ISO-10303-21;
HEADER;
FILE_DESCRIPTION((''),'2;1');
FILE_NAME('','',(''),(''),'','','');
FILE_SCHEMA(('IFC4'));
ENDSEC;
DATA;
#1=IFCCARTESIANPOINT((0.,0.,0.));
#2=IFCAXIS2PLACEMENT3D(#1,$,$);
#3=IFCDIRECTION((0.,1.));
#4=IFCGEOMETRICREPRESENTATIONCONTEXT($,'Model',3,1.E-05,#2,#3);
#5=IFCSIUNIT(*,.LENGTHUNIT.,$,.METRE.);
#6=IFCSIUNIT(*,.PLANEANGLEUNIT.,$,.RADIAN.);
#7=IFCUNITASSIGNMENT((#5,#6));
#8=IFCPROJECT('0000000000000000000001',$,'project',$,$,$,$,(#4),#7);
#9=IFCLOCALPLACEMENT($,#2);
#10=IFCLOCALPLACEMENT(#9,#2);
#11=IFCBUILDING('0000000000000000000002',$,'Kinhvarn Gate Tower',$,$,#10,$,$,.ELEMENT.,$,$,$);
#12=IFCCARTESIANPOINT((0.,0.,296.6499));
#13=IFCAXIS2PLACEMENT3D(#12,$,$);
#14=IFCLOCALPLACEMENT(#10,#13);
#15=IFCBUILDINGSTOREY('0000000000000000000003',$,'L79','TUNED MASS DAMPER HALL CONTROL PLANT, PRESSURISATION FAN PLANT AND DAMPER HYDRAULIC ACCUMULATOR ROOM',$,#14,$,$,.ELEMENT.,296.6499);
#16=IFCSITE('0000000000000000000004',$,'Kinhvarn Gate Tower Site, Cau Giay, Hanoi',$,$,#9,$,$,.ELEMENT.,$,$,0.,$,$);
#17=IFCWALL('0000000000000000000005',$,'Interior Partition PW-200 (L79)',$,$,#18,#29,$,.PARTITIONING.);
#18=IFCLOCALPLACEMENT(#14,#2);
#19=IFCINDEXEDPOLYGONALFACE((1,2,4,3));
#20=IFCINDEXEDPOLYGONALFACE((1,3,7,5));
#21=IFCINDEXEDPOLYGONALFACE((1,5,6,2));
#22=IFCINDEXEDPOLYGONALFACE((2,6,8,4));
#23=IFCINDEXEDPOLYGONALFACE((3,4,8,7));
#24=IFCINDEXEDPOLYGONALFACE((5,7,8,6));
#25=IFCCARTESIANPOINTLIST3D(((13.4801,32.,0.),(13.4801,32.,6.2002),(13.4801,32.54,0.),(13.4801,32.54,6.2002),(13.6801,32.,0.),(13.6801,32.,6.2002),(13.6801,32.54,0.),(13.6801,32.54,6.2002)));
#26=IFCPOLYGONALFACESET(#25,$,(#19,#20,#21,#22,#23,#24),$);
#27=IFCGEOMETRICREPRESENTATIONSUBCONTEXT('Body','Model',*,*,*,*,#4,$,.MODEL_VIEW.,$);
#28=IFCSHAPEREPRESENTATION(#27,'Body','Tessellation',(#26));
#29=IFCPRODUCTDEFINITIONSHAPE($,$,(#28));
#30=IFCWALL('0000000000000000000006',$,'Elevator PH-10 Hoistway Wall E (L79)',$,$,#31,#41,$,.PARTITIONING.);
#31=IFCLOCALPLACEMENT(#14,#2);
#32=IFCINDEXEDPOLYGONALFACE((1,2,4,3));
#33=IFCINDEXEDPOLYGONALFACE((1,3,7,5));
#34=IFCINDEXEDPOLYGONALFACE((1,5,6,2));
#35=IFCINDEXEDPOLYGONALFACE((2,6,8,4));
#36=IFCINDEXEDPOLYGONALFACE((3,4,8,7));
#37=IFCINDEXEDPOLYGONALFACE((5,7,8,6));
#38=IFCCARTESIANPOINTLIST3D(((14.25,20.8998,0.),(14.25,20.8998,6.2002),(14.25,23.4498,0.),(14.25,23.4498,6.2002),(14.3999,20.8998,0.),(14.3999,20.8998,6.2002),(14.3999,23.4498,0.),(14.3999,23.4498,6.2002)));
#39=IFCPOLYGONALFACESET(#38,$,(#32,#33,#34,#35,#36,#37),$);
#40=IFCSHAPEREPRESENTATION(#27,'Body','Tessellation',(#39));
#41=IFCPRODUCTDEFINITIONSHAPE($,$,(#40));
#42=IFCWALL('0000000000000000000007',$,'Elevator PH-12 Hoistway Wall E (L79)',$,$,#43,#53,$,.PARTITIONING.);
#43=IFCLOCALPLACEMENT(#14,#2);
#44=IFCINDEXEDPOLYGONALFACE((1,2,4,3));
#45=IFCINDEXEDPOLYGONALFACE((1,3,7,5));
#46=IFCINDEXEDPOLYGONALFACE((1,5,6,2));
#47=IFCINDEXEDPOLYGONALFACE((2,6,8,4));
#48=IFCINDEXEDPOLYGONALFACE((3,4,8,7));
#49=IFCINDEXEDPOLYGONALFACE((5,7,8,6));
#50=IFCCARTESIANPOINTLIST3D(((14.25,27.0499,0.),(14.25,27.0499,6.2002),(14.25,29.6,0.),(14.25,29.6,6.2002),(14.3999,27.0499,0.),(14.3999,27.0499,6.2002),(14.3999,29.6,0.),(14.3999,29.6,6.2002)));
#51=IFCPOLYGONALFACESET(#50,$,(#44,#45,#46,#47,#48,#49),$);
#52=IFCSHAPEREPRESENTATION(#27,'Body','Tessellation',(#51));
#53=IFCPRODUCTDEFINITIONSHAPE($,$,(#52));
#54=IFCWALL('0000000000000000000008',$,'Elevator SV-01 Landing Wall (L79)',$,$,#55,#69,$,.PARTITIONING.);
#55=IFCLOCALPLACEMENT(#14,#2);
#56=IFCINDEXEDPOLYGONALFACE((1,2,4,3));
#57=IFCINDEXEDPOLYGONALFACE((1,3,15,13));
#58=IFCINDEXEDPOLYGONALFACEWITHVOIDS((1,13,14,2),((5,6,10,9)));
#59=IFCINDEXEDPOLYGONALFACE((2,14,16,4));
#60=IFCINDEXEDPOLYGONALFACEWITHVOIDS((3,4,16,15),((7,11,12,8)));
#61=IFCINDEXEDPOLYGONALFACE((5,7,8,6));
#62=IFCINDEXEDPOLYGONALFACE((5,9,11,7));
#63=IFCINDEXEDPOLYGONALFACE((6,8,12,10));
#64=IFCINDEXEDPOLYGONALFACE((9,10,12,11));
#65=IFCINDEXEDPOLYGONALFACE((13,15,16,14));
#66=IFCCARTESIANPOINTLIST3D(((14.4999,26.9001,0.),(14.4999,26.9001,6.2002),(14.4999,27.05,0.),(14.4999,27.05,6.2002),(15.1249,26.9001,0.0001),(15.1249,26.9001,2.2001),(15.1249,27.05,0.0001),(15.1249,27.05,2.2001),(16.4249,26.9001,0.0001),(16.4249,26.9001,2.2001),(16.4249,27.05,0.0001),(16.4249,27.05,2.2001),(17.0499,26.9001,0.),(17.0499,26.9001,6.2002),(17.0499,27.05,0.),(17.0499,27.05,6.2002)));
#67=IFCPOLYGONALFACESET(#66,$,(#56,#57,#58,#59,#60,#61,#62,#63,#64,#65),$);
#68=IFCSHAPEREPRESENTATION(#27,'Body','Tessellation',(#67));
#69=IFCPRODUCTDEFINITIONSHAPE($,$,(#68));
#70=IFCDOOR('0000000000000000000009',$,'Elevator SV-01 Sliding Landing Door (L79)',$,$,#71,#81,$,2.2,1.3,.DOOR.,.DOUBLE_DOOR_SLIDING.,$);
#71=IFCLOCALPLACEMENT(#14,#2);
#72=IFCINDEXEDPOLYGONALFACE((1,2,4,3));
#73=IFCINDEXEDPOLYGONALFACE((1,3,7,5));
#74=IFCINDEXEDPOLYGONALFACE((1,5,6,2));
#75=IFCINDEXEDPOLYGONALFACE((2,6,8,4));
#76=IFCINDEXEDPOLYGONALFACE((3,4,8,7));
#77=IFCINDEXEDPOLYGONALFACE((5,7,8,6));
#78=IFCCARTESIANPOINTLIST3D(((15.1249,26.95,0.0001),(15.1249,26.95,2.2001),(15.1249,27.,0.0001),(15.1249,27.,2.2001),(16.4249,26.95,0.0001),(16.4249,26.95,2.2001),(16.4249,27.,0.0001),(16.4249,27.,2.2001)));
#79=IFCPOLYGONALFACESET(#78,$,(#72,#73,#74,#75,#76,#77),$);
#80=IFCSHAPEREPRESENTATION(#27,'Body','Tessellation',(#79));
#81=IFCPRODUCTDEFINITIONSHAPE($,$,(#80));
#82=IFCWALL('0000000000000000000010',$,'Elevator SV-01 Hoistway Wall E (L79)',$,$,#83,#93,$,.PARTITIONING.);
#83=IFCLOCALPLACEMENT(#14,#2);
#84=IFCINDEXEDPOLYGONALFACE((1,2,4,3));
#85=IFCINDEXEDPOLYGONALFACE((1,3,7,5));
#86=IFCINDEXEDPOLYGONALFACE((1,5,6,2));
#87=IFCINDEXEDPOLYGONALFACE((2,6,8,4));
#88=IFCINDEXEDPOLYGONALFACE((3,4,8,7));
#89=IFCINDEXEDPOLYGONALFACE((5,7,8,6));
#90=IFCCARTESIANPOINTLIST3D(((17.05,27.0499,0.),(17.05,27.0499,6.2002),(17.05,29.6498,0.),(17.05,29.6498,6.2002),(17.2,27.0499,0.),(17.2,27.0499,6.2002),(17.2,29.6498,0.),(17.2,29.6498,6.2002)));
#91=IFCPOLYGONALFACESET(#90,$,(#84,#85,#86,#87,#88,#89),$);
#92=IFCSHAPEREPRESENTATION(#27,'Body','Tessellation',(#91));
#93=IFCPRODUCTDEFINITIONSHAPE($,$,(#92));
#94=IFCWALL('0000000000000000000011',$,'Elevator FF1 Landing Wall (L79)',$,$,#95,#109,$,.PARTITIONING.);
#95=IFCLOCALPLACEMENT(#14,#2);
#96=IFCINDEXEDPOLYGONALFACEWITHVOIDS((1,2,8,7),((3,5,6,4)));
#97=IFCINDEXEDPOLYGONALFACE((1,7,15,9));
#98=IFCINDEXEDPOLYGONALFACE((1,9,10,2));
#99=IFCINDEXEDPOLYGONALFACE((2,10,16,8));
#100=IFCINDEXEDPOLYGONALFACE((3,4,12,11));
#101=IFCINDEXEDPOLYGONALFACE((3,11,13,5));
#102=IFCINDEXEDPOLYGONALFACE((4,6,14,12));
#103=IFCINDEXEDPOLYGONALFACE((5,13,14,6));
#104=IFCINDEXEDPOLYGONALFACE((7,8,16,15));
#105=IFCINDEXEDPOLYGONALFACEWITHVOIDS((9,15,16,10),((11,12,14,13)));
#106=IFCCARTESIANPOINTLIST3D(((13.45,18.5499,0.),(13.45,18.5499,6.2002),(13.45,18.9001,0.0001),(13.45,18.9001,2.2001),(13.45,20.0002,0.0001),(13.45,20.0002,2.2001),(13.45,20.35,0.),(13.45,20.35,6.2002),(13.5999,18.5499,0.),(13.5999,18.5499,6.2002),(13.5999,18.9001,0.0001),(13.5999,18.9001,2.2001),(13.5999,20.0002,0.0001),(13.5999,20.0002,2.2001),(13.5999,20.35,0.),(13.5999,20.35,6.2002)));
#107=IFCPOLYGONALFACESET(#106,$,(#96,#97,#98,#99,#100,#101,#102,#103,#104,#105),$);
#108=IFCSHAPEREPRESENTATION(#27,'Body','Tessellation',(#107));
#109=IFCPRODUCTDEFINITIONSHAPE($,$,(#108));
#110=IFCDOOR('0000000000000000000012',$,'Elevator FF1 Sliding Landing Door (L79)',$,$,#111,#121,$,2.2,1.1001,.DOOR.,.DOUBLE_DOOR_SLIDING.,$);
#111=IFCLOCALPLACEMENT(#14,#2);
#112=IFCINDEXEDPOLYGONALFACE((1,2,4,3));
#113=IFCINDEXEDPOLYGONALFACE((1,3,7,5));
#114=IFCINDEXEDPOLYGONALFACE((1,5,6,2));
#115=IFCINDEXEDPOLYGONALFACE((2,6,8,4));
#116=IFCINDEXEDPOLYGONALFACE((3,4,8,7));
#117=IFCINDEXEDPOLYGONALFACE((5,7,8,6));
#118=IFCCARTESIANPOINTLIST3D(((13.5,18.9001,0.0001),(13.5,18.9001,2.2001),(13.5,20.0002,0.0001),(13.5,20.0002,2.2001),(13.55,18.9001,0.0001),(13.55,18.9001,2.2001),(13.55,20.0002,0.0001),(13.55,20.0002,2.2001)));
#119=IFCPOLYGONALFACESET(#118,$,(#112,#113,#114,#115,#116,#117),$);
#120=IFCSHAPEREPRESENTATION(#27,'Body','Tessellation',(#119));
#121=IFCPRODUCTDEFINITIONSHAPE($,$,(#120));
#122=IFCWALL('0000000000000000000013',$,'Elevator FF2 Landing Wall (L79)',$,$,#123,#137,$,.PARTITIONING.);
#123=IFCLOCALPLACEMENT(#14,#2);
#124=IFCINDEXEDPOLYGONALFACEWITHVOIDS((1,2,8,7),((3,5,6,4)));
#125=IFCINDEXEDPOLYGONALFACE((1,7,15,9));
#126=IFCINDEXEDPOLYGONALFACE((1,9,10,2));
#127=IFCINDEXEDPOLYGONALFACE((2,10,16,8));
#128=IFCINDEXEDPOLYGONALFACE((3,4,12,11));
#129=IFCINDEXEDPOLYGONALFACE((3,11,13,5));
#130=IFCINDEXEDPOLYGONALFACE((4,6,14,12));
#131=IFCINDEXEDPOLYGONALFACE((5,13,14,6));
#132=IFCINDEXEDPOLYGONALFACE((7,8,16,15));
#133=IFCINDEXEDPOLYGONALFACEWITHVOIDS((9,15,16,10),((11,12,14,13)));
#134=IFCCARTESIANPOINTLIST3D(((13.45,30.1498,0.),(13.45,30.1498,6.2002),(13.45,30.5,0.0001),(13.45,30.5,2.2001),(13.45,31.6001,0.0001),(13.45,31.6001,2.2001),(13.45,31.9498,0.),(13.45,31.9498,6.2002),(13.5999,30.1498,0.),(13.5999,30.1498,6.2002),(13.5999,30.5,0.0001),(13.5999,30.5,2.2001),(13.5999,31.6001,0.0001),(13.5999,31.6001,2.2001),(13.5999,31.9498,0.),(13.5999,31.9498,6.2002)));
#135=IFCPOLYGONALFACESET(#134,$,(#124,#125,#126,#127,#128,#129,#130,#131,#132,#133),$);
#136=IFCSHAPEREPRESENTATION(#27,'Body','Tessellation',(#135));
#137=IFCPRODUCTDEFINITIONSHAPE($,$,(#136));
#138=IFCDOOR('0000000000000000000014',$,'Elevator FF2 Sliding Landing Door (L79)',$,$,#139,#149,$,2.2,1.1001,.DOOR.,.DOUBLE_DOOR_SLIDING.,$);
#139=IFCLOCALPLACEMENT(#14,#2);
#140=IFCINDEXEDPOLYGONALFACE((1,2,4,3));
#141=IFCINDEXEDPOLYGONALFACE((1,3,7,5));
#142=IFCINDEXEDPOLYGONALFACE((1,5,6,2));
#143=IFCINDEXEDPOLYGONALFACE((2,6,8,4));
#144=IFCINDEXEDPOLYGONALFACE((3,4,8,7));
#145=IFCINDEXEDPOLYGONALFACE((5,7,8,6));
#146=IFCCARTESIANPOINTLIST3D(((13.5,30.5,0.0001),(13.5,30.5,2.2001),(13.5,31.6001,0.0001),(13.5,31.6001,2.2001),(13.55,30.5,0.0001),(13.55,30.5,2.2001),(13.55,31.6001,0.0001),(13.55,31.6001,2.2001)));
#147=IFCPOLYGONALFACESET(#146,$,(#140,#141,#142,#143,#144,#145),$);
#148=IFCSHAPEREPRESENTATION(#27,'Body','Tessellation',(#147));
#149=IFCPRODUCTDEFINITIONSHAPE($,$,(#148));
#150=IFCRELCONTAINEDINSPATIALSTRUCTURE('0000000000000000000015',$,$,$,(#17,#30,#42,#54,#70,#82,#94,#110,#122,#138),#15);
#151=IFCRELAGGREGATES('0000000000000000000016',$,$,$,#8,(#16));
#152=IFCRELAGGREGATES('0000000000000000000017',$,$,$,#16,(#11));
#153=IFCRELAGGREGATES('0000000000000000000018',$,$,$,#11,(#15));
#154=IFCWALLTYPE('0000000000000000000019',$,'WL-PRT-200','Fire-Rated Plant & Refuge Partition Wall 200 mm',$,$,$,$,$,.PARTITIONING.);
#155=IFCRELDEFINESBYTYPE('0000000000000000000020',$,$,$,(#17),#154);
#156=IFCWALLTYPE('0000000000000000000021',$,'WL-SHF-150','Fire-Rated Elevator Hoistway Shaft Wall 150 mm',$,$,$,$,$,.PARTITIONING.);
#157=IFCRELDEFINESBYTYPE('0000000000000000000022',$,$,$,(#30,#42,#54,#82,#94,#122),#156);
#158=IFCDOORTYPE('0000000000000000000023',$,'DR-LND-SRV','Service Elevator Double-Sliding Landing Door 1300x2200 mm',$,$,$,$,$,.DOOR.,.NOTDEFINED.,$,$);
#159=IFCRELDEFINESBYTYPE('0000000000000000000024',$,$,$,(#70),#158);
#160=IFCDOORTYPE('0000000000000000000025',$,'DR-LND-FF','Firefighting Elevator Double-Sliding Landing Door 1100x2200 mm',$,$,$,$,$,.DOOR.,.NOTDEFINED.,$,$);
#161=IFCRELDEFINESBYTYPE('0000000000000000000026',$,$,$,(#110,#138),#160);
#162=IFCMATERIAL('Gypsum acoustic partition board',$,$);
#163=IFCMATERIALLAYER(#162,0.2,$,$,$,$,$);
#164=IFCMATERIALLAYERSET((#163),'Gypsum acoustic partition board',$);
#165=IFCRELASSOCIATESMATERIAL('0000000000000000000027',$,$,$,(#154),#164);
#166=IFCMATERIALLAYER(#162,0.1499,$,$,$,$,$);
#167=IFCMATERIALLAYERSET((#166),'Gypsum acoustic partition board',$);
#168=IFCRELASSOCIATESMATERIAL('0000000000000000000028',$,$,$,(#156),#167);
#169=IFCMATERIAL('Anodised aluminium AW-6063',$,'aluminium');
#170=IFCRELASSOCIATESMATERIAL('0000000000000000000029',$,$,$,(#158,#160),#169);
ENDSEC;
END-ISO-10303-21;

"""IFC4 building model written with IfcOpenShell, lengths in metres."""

from ifc_helpers import new_model, si_unit, direction, frame, frame_2d, origin, place, context, subcontext, project, spatial, rectangle, extrude, material, layer, layer_set, type_object, element, fill, save


model = new_model("IFC4")

# Units and contexts
model_context = context("Model", 3, precision=1e-05, world=origin(), true_north=direction((0.0, 1.0)))
body_context = subcontext(model_context, "Body", "Model", "MODEL_VIEW")
ifc_project = project(units=[si_unit("LENGTHUNIT", "METRE"), si_unit("PLANEANGLEUNIT", "RADIAN")], contexts=[model_context])

# Site, building, storey
site_placement = place(None, origin())
site = spatial("IfcSite", under=ifc_project, at=site_placement, Name="Kinhvarn Gate Tower Site, Cau Giay, Hanoi", CompositionType="ELEMENT", RefElevation=0.0)
building_placement = place(site_placement, origin())
building = spatial("IfcBuilding", under=site, at=building_placement, Name="Kinhvarn Gate Tower", CompositionType="ELEMENT")
storey_placement = place(building_placement, frame((0.0, 0.0, 296.6499)))
storey = spatial("IfcBuildingStorey", under=building, at=storey_placement, Name="L79", Description="TUNED MASS DAMPER HALL CONTROL PLANT, PRESSURISATION FAN PLANT AND DAMPER HYDRAULIC ACCUMULATOR ROOM", CompositionType="ELEMENT", Elevation=296.6499)

# Shared definitions
ifc_material_1 = material(Name="Anodised aluminium AW-6063", Category="aluminium")
ifc_material_2 = material(Name="Gypsum acoustic partition board")

# Walls
ifc_layer_1 = layer(ifc_material_2, 0.2)
ifc_layer_set_1 = layer_set([ifc_layer_1], Name="Gypsum acoustic partition board")
wall_type_1 = type_object("IfcWallType", Name="WL-PRT-200", Description="Fire-Rated Plant & Refuge Partition Wall 200 mm", PredefinedType="PARTITIONING", material=ifc_layer_set_1)
for number, where, z_axis, x_axis, name in (
    (1, (13.5801, 32.0, 0.0), (0.0, 0.0, 1.0), (0.0, 1.0, 0.0), "Interior Partition PW-200 (L79)"),
):
    element("IfcWall", number, at=place(storey_placement, frame(where, z_axis=z_axis, x_axis=x_axis)), inside=storey, type_object=wall_type_1, Name=name, PredefinedType="PARTITIONING", context=body_context, shape_type="SweptSolid", body=[
        extrude(rectangle(XDim=0.54, YDim=0.2, at=frame_2d((0.27, 0.0))), origin(), (0.0, 0.0, 1.0), 6.2002),
    ])
ifc_layer_2 = layer(ifc_material_2, 0.1499)
ifc_layer_set_2 = layer_set([ifc_layer_2], Name="Gypsum acoustic partition board")
wall_type_2 = type_object("IfcWallType", Name="WL-SHF-150", Description="Fire-Rated Elevator Hoistway Shaft Wall 150 mm", PredefinedType="PARTITIONING", material=ifc_layer_set_2)
for number, where, z_axis, x_axis, name in (
    (2, (14.325, 20.8999, 0.0), (0.0, 0.0, 1.0), (0.0, 1.0, 0.0), "Elevator PH-10 Hoistway Wall E (L79)"),
    (3, (14.325, 27.05, 0.0), (0.0, 0.0, 1.0), (0.0, 1.0, 0.0), "Elevator PH-12 Hoistway Wall E (L79)"),
):
    element("IfcWall", number, at=place(storey_placement, frame(where, z_axis=z_axis, x_axis=x_axis)), inside=storey, type_object=wall_type_2, Name=name, PredefinedType="PARTITIONING", context=body_context, shape_type="SweptSolid", body=[
        extrude(rectangle(XDim=2.55, YDim=0.1499, at=frame_2d((1.2749, 0.0))), origin(), (0.0, 0.0, 1.0), 6.2002),
    ])

# Wall, opening, door
wall_1_placement = place(storey_placement, frame((14.5, 26.9751, 0.0), z_axis=(0.0, 0.0, 1.0), x_axis=(1.0, 0.0, 0.0)))
wall_1 = element("IfcWall", 4, at=wall_1_placement, inside=storey, type_object=wall_type_2, Name="Elevator SV-01 Landing Wall (L79)", PredefinedType="PARTITIONING", context=body_context, shape_type="SweptSolid", body=[
    extrude(rectangle(XDim=2.55, YDim=0.1499, at=frame_2d((1.2749, 0.0))), origin(), (0.0, 0.0, 1.0), 6.2002),
])
opening_1_placement = place(wall_1_placement, frame((0.625, 0.0, 0.0)))
opening_1 = element("IfcOpeningElement", 5, at=opening_1_placement, cuts=wall_1, PredefinedType="OPENING", context=body_context, shape_type="SweptSolid", body=[
    extrude(rectangle(XDim=1.3, YDim=2.2, at=frame_2d((0.6499, 1.1001))), frame((0.0, 0.085, 0.0), z_axis=(0.0, -1.0, 0.0), x_axis=(1.0, 0.0, 0.0)), (0.0, 0.0, 1.0), 0.1699),
])
door_type_1 = type_object("IfcDoorType", Name="DR-LND-SRV", Description="Service Elevator Double-Sliding Landing Door 1300x2200 mm", OperationType="NOTDEFINED", PredefinedType="DOOR", material=ifc_material_1)
door_1_placement = place(opening_1_placement, origin())
door_1 = element("IfcDoor", 6, at=door_1_placement, inside=storey, type_object=door_type_1, Name="Elevator SV-01 Sliding Landing Door (L79)", OperationType="DOUBLE_DOOR_SLIDING", OverallHeight=2.2, OverallWidth=1.3, PredefinedType="DOOR", context=body_context, shape_type="SweptSolid", body=[
    extrude(rectangle(XDim=1.3, YDim=2.2, at=frame_2d((0.6499, 1.1001))), frame((0.0, 0.0249, 0.0), z_axis=(0.0, -1.0, 0.0), x_axis=(1.0, 0.0, 0.0)), (0.0, 0.0, 1.0), 0.05),
])
fill(opening_1, door_1)

# Wall
wall_2_placement = place(storey_placement, frame((17.125, 27.05, 0.0), z_axis=(0.0, 0.0, 1.0), x_axis=(0.0, 1.0, 0.0)))
element("IfcWall", 7, at=wall_2_placement, inside=storey, type_object=wall_type_2, Name="Elevator SV-01 Hoistway Wall E (L79)", PredefinedType="PARTITIONING", context=body_context, shape_type="SweptSolid", body=[
    extrude(rectangle(XDim=2.5999, YDim=0.1499, at=frame_2d((1.2998, 0.0))), origin(), (0.0, 0.0, 1.0), 6.2002),
])

# Walls, openings, doors
wall_3_placement = place(storey_placement, frame((13.5249, 18.55, 0.0), z_axis=(0.0, 0.0, 1.0), x_axis=(0.0, 1.0, 0.0)))
wall_3 = element("IfcWall", 8, at=wall_3_placement, inside=storey, type_object=wall_type_2, Name="Elevator FF1 Landing Wall (L79)", PredefinedType="PARTITIONING", context=body_context, shape_type="SweptSolid", body=[
    extrude(rectangle(XDim=1.8, YDim=0.1499, at=frame_2d((0.8999, 0.0))), origin(), (0.0, 0.0, 1.0), 6.2002),
])
opening_2_placement = place(wall_3_placement, frame((0.3501, 0.0, 0.0)))
opening_2 = element("IfcOpeningElement", 9, at=opening_2_placement, cuts=wall_3, PredefinedType="OPENING", context=body_context, shape_type="SweptSolid", body=[
    extrude(rectangle(XDim=1.1001, YDim=2.2, at=frame_2d((0.55, 1.1001))), frame((0.0, 0.085, 0.0), z_axis=(0.0, -1.0, 0.0), x_axis=(1.0, 0.0, 0.0)), (0.0, 0.0, 1.0), 0.1699),
])
door_type_2 = type_object("IfcDoorType", Name="DR-LND-FF", Description="Firefighting Elevator Double-Sliding Landing Door 1100x2200 mm", OperationType="NOTDEFINED", PredefinedType="DOOR", material=ifc_material_1)
door_2_placement = place(opening_2_placement, origin())
door_2 = element("IfcDoor", 10, at=door_2_placement, inside=storey, type_object=door_type_2, Name="Elevator FF1 Sliding Landing Door (L79)", OperationType="DOUBLE_DOOR_SLIDING", OverallHeight=2.2, OverallWidth=1.1001, PredefinedType="DOOR", context=body_context, shape_type="SweptSolid", body=[
    extrude(rectangle(XDim=1.1001, YDim=2.2, at=frame_2d((0.55, 1.1001))), frame((0.0, 0.0249, 0.0), z_axis=(0.0, -1.0, 0.0), x_axis=(1.0, 0.0, 0.0)), (0.0, 0.0, 1.0), 0.05),
])
fill(opening_2, door_2)
wall_4_placement = place(storey_placement, frame((13.5249, 30.1499, 0.0), z_axis=(0.0, 0.0, 1.0), x_axis=(0.0, 1.0, 0.0)))
wall_4 = element("IfcWall", 11, at=wall_4_placement, inside=storey, type_object=wall_type_2, Name="Elevator FF2 Landing Wall (L79)", PredefinedType="PARTITIONING", context=body_context, shape_type="SweptSolid", body=[
    extrude(rectangle(XDim=1.8, YDim=0.1499, at=frame_2d((0.8999, 0.0))), origin(), (0.0, 0.0, 1.0), 6.2002),
])
opening_3_placement = place(wall_4_placement, frame((0.3501, 0.0, 0.0)))
opening_3 = element("IfcOpeningElement", 12, at=opening_3_placement, cuts=wall_4, PredefinedType="OPENING", context=body_context, shape_type="SweptSolid", body=[
    extrude(rectangle(XDim=1.1001, YDim=2.2, at=frame_2d((0.55, 1.1001))), frame((0.0, 0.085, 0.0), z_axis=(0.0, -1.0, 0.0), x_axis=(1.0, 0.0, 0.0)), (0.0, 0.0, 1.0), 0.1699),
])
door_3_placement = place(opening_3_placement, origin())
door_3 = element("IfcDoor", 13, at=door_3_placement, inside=storey, type_object=door_type_2, Name="Elevator FF2 Sliding Landing Door (L79)", OperationType="DOUBLE_DOOR_SLIDING", OverallHeight=2.2, OverallWidth=1.1001, PredefinedType="DOOR", context=body_context, shape_type="SweptSolid", body=[
    extrude(rectangle(XDim=1.1001, YDim=2.2, at=frame_2d((0.55, 1.1001))), frame((0.0, 0.0249, 0.0), z_axis=(0.0, -1.0, 0.0), x_axis=(1.0, 0.0, 0.0)), (0.0, 0.0, 1.0), 0.05),
])
fill(opening_3, door_3)

save(model, "model.ifc")
